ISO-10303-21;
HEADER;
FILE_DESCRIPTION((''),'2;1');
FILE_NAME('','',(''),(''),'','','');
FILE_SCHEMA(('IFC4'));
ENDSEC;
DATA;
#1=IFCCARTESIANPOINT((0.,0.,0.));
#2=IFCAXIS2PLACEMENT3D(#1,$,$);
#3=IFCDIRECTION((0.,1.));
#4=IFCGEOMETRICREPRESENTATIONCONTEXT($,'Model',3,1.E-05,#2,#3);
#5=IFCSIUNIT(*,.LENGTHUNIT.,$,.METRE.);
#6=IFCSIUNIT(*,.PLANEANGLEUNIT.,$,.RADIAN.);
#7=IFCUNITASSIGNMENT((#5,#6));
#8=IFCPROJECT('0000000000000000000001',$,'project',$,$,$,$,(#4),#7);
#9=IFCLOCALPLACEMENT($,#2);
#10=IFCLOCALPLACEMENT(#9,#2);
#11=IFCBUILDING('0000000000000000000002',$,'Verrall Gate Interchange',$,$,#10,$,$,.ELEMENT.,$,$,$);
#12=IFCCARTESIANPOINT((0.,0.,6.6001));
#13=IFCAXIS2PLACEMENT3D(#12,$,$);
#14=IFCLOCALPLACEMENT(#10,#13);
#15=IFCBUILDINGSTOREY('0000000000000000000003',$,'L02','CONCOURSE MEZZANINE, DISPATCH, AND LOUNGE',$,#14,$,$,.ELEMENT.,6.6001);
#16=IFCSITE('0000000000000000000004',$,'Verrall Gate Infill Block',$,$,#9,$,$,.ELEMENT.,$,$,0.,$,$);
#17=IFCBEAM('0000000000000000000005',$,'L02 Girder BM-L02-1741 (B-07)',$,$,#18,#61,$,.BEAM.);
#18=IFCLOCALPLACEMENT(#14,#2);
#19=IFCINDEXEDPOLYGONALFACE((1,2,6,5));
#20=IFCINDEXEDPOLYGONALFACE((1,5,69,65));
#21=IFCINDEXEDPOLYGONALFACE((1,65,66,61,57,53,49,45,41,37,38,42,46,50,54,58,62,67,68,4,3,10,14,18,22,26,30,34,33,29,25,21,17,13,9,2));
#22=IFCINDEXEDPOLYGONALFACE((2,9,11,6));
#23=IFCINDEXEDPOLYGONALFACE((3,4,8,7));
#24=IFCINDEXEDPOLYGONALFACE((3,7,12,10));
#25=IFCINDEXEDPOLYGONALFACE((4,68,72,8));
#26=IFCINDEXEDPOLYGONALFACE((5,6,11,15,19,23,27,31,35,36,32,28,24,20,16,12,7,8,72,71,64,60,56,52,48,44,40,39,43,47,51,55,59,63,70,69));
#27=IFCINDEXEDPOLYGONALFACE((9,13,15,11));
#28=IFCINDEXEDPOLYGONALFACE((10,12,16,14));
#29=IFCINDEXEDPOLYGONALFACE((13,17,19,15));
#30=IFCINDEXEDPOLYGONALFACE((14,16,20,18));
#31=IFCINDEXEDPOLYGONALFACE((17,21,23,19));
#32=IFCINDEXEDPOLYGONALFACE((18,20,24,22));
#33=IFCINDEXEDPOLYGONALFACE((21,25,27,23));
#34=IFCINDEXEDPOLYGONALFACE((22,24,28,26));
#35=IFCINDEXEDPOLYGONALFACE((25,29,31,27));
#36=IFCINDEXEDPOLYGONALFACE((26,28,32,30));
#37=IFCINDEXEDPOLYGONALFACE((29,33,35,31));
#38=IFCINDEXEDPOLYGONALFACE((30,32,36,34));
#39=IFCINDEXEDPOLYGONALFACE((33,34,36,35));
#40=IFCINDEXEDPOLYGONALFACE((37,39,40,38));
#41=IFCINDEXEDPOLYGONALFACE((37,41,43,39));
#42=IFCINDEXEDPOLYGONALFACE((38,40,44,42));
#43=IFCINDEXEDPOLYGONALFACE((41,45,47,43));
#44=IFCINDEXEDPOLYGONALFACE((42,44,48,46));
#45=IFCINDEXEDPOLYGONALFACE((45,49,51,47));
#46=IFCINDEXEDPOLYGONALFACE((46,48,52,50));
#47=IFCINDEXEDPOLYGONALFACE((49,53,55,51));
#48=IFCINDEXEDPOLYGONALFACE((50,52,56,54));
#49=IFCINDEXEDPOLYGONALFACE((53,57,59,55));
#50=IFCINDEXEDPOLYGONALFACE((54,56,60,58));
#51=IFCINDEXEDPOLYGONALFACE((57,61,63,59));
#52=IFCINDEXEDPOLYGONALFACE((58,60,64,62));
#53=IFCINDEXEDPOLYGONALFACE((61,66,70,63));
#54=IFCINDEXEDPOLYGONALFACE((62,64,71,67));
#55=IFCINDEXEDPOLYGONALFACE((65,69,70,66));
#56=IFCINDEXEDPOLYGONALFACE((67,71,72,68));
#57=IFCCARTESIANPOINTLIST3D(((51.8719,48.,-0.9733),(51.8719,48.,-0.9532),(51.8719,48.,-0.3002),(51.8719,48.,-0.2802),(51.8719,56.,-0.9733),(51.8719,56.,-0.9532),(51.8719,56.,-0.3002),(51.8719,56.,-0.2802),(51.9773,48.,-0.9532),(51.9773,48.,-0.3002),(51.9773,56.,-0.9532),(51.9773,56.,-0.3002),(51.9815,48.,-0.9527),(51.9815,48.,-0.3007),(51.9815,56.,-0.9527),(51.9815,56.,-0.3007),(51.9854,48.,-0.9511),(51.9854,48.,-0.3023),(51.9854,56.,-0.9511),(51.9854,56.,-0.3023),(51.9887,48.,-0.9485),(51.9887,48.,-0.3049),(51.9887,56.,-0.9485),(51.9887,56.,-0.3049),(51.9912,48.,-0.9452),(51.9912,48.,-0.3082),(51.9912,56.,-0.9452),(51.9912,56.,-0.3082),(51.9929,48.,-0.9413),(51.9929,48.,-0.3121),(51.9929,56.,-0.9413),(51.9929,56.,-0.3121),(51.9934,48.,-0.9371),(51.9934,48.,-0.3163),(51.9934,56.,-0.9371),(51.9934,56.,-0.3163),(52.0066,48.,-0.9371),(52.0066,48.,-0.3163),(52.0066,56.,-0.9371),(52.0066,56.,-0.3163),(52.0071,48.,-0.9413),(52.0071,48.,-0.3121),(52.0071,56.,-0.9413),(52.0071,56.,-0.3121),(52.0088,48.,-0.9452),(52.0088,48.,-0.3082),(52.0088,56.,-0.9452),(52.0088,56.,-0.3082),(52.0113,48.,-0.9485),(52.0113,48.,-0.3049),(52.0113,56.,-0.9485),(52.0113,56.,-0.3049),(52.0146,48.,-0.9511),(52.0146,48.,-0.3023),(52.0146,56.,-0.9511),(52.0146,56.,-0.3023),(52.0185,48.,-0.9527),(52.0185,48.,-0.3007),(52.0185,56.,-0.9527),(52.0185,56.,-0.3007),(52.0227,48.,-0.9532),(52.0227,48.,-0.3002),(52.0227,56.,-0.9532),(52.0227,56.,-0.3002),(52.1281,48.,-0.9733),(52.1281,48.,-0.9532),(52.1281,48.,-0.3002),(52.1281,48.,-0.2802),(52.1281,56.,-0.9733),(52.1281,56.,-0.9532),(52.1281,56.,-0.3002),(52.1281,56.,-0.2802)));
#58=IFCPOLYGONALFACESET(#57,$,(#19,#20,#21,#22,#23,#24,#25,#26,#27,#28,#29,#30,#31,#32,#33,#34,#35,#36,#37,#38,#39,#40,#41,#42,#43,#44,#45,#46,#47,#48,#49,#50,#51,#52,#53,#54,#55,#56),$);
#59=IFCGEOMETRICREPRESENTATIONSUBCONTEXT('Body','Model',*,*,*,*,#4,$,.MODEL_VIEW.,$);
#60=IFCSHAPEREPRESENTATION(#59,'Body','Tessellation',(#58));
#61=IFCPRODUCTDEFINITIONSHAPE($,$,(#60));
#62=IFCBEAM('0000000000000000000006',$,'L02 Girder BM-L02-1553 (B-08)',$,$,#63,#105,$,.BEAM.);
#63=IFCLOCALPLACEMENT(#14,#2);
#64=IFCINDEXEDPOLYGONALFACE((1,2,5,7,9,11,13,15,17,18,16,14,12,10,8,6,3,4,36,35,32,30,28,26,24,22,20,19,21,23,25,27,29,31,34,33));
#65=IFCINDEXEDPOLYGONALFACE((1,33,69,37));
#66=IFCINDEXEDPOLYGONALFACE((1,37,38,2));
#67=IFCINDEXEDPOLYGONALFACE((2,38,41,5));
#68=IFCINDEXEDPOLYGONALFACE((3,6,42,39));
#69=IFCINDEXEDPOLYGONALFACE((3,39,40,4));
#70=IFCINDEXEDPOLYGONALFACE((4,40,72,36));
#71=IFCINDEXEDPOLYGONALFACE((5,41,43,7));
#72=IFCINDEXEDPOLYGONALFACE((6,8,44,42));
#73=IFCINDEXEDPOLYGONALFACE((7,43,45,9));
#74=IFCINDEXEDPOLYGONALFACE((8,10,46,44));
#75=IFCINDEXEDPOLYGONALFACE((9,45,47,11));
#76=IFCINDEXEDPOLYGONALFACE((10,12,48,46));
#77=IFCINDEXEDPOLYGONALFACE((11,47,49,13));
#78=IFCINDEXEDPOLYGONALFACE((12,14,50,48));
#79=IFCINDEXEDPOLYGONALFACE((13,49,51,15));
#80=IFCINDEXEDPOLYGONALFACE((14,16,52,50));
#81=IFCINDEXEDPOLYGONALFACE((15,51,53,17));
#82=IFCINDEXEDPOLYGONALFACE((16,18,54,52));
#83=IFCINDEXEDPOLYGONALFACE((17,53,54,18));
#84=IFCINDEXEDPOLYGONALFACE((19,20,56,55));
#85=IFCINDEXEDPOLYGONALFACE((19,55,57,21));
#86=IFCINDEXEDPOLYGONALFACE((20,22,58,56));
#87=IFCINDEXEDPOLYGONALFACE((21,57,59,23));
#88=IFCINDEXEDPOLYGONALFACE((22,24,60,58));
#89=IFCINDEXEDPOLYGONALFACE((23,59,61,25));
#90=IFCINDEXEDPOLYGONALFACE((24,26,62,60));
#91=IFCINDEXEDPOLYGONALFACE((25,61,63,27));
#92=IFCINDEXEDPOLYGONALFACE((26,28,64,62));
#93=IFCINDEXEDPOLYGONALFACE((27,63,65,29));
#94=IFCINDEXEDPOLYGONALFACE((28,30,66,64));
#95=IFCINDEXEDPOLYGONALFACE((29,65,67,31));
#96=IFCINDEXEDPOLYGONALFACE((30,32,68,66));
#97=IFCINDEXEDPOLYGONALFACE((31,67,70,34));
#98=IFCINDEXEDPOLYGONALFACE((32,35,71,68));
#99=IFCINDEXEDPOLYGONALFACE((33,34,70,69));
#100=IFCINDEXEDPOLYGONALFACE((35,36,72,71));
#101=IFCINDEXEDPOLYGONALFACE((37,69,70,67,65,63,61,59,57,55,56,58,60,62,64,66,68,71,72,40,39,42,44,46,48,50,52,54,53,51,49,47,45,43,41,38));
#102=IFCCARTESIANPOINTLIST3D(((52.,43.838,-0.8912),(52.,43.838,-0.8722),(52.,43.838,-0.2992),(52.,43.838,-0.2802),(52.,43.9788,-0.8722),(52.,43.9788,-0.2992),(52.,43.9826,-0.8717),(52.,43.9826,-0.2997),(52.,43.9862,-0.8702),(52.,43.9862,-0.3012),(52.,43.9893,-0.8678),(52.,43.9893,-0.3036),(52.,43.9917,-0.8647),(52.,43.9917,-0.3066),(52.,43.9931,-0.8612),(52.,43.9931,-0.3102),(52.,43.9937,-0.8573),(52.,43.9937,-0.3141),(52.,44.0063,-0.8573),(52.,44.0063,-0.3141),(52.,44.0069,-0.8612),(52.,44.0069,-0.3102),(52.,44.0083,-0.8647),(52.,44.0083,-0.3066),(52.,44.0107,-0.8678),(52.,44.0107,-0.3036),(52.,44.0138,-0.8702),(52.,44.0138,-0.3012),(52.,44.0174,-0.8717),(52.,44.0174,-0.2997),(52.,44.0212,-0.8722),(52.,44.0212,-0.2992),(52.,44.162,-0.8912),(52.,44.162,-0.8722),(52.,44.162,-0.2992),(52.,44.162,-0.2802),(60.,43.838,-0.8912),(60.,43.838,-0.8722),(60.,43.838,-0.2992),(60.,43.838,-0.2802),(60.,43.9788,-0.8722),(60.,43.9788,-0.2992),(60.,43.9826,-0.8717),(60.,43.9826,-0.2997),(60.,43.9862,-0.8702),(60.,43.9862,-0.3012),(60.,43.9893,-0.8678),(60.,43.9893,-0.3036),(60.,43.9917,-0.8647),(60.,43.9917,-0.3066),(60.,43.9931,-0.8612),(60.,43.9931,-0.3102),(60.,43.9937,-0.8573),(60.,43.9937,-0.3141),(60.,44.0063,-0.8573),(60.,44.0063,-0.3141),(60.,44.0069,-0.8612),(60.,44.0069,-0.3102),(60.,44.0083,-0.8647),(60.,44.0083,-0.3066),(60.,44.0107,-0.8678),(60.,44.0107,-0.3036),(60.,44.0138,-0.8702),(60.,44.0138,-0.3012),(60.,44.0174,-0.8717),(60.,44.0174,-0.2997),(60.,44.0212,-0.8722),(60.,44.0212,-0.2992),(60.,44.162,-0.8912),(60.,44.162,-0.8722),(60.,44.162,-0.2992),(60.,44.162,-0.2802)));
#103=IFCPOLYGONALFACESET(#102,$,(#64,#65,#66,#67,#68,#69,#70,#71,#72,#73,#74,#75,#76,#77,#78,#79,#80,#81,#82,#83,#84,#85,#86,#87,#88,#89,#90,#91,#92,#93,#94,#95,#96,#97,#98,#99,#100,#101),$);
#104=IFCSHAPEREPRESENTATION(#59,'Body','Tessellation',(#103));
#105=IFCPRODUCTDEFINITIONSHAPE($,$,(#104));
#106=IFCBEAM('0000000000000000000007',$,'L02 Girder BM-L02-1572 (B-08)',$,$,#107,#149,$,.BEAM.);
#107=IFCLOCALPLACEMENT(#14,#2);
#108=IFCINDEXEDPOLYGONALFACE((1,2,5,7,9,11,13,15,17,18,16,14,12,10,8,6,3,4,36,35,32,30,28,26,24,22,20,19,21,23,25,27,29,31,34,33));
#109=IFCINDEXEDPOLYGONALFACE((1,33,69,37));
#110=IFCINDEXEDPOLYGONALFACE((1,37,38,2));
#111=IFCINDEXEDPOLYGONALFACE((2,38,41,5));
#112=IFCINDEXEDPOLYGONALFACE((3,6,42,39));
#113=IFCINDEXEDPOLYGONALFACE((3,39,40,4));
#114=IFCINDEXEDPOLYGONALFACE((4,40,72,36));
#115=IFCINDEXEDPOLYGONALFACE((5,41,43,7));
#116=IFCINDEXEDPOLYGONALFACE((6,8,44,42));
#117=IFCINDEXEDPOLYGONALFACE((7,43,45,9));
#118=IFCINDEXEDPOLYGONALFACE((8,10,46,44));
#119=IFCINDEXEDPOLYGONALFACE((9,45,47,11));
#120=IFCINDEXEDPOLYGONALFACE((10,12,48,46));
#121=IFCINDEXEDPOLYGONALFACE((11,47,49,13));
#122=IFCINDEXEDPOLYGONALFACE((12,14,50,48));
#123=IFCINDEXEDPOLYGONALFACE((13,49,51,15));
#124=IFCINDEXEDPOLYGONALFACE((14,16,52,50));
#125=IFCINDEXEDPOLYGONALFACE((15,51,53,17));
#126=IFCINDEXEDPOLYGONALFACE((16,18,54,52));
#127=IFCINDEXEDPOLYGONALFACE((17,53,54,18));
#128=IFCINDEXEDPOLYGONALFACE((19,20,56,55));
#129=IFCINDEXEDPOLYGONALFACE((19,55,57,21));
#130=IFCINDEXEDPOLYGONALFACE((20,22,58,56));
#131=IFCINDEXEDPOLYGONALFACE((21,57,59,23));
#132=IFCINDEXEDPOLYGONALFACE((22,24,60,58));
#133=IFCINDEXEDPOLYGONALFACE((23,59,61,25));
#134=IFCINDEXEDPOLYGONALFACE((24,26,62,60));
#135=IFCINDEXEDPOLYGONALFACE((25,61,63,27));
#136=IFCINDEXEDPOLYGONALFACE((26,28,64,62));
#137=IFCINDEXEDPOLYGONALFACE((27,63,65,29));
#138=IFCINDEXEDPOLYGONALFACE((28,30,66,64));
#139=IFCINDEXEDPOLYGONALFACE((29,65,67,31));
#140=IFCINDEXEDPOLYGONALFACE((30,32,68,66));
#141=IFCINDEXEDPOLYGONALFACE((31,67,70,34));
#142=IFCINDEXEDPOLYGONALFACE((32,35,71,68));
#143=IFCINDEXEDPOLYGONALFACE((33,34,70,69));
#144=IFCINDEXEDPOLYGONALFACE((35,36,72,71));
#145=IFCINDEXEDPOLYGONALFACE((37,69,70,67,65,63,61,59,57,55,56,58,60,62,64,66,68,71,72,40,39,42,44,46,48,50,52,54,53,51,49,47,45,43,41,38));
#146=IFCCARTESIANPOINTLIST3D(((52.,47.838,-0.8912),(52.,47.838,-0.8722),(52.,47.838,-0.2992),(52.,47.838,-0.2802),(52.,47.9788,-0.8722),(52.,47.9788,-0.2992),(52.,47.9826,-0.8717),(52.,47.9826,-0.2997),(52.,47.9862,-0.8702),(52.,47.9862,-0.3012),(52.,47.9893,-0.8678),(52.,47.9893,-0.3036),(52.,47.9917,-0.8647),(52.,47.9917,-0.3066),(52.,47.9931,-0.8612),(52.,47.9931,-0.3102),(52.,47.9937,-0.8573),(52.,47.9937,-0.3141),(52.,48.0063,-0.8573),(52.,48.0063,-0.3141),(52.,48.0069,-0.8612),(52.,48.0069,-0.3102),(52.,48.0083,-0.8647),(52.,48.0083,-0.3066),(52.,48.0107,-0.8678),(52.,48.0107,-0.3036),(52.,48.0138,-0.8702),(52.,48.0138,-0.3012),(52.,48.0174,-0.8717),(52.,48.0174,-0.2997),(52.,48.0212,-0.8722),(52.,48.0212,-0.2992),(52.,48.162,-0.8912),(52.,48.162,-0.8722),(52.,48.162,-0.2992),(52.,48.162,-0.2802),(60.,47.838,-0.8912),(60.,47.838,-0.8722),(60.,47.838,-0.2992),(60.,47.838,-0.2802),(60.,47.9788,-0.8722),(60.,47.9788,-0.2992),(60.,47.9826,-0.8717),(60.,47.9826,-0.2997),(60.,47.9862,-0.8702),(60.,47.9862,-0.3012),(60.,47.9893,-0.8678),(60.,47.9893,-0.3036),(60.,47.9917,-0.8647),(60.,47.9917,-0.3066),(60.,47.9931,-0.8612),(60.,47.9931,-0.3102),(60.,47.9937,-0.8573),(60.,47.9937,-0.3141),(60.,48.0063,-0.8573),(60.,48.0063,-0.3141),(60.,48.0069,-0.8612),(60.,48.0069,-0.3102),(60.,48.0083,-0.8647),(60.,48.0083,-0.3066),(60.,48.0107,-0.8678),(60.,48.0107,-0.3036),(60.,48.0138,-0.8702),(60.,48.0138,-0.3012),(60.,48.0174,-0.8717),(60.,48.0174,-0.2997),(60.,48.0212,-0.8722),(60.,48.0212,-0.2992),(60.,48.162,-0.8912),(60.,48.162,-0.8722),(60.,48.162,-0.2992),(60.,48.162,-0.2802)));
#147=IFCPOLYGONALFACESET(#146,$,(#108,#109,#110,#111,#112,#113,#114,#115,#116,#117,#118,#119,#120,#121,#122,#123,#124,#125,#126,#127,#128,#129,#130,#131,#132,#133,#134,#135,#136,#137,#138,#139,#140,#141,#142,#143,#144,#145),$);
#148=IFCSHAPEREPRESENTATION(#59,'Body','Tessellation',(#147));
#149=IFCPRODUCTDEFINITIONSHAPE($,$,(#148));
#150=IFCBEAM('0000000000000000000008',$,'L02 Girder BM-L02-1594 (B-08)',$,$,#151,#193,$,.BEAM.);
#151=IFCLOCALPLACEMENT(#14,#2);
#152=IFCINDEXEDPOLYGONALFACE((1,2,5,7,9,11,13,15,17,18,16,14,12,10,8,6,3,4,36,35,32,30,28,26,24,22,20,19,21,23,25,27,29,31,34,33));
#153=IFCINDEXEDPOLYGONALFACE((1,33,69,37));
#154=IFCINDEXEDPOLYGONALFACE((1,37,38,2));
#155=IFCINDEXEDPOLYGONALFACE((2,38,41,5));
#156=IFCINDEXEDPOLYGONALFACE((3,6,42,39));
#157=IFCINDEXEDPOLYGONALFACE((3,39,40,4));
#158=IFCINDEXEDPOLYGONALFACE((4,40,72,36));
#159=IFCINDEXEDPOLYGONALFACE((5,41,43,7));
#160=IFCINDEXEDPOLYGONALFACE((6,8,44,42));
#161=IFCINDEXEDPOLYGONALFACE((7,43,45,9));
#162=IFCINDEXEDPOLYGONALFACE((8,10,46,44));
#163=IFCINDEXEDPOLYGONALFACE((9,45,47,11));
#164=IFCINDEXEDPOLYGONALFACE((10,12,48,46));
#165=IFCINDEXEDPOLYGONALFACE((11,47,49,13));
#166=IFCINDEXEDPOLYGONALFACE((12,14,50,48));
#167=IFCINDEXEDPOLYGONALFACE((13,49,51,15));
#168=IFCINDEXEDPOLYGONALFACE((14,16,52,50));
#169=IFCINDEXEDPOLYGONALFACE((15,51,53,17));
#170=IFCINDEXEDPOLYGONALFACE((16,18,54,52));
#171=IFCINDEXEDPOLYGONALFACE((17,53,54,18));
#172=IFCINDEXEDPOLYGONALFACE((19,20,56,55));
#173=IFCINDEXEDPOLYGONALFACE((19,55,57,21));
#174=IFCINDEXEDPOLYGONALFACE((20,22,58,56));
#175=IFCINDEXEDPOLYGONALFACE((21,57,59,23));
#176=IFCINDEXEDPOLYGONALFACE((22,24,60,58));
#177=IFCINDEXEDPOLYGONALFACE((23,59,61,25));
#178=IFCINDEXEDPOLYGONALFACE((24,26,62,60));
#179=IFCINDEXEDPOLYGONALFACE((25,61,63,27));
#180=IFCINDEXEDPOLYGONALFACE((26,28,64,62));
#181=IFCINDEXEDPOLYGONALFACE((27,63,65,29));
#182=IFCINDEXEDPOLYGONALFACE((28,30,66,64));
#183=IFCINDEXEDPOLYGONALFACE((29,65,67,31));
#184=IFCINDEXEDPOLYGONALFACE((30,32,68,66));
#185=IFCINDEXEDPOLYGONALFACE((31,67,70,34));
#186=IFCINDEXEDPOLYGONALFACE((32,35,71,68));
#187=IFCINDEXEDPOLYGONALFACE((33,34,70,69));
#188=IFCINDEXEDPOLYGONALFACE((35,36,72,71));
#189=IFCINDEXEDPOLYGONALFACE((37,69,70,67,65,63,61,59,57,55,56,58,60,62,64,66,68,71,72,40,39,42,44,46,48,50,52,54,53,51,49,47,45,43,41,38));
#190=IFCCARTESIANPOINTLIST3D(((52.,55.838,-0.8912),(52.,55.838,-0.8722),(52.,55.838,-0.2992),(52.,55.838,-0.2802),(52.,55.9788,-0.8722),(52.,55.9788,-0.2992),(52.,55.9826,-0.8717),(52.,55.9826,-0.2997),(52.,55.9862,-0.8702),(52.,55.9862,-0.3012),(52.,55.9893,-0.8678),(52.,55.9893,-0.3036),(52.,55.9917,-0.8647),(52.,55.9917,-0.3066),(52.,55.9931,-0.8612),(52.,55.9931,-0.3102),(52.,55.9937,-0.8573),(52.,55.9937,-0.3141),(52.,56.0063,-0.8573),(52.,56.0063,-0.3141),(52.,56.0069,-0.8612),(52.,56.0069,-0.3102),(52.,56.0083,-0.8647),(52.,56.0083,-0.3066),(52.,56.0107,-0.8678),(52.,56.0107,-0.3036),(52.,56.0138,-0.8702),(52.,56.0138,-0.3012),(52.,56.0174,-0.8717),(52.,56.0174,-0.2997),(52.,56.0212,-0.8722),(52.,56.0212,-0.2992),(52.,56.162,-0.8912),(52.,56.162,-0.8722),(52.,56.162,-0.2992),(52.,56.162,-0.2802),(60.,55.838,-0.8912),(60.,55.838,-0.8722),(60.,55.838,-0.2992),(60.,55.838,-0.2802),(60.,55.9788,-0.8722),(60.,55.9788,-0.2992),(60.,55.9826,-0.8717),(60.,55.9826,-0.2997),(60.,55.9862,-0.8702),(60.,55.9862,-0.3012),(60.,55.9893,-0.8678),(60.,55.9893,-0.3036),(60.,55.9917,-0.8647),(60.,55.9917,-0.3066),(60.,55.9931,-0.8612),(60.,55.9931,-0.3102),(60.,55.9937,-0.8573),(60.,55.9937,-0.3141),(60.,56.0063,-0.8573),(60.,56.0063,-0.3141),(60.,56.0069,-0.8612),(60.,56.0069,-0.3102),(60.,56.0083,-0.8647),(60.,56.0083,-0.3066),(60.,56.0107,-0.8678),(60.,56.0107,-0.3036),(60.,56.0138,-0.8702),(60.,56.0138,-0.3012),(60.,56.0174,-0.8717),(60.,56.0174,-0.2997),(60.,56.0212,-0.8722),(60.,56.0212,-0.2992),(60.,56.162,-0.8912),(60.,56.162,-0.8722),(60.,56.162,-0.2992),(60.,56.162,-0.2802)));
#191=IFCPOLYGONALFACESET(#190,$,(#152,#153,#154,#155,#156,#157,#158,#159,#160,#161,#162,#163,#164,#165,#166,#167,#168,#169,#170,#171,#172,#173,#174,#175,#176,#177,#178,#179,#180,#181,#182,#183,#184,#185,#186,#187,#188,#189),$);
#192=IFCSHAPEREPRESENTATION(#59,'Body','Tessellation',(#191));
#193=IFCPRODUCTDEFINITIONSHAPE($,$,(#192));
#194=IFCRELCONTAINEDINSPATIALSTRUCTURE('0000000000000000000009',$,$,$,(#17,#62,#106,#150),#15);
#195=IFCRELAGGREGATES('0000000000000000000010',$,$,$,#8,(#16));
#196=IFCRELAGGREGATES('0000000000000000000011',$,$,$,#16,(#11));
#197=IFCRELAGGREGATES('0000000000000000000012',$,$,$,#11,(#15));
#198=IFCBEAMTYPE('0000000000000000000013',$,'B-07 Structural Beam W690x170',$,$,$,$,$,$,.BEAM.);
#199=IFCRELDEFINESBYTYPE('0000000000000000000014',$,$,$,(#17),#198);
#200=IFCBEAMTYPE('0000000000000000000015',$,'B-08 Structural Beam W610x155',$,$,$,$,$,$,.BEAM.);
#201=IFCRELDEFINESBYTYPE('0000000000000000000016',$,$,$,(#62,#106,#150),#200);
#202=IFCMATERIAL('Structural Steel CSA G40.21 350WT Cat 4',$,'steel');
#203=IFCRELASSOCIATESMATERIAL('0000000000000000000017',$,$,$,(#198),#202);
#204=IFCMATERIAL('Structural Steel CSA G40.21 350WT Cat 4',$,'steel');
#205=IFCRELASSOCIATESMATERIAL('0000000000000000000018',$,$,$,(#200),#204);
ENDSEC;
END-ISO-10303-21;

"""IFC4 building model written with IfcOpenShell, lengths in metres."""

from ifc_helpers import new_model, si_unit, direction, frame, origin, origin_2d, place, context, subcontext, project, spatial, i_section, extrude, material, material_profile, profile_set, type_object, element, save


model = new_model("IFC4")

# Units and contexts
model_context = context("Model", 3, precision=1e-05, world=origin(), true_north=direction((0.0, 1.0)))
body_context = subcontext(model_context, "Body", "Model", "MODEL_VIEW")
ifc_project = project(units=[si_unit("LENGTHUNIT", "METRE"), si_unit("PLANEANGLEUNIT", "RADIAN")], contexts=[model_context])

# Site, building, storey
site_placement = place(None, origin())
site = spatial("IfcSite", under=ifc_project, at=site_placement, Name="Verrall Gate Infill Block", CompositionType="ELEMENT", RefElevation=0.0)
building_placement = place(site_placement, origin())
building = spatial("IfcBuilding", under=site, at=building_placement, Name="Verrall Gate Interchange", CompositionType="ELEMENT")
storey_placement = place(building_placement, frame((0.0, 0.0, 6.6001)))
storey = spatial("IfcBuildingStorey", under=building, at=storey_placement, Name="L02", Description="CONCOURSE MEZZANINE, DISPATCH, AND LOUNGE", CompositionType="ELEMENT", Elevation=6.6001)

# Beams
ifc_material_1 = material(Name="Structural Steel CSA G40.21 350WT Cat 4", Category="steel")
ifc_material_profile_1 = material_profile(ifc_material_1, i_section(OverallWidth=0.2561, OverallDepth=0.6931, WebThickness=0.0132, FlangeThickness=0.02, FilletRadius=0.0161, at=origin_2d()), Name="W690x170")
ifc_profile_set_1 = profile_set([ifc_material_profile_1], Name="Structural Steel CSA G40.21 350WT Cat 4")
beam_type_1 = type_object("IfcBeamType", Name="B-07 Structural Beam W690x170", PredefinedType="BEAM", material=ifc_profile_set_1)
beam_1_placement = place(storey_placement, frame((52.0, 48.0, -0.6267), z_axis=(0.0, 1.0, 0.0), x_axis=(-1.0, 0.0, 0.0)))
element("IfcBeam", 1, at=beam_1_placement, inside=storey, type_object=beam_type_1, Name="L02 Girder BM-L02-1741 (B-07)", PredefinedType="BEAM", context=body_context, shape_type="SweptSolid", body=[
    extrude(i_section(OverallWidth=0.2561, OverallDepth=0.6931, WebThickness=0.0132, FlangeThickness=0.02, FilletRadius=0.0161, at=origin_2d()), origin(), (0.0, 0.0, 1.0), 8.0),
])
ifc_material_2 = material(Name="Structural Steel CSA G40.21 350WT Cat 4", Category="steel")
ifc_material_profile_2 = material_profile(ifc_material_2, i_section(OverallWidth=0.324, OverallDepth=0.6111, WebThickness=0.0127, FlangeThickness=0.019, FilletRadius=0.0149, at=origin_2d()), Name="W610x155")
ifc_profile_set_2 = profile_set([ifc_material_profile_2], Name="Structural Steel CSA G40.21 350WT Cat 4")
beam_type_2 = type_object("IfcBeamType", Name="B-08 Structural Beam W610x155", PredefinedType="BEAM", material=ifc_profile_set_2)
for number, where, z_axis, x_axis, name in (
    (2, (52.0, 44.0, -0.5857), (1.0, 0.0, 0.0), (0.0, 1.0, 0.0), "L02 Girder BM-L02-1553 (B-08)"),
    (3, (52.0, 48.0, -0.5857), (1.0, 0.0, 0.0), (0.0, 1.0, 0.0), "L02 Girder BM-L02-1572 (B-08)"),
    (4, (52.0, 56.0, -0.5857), (1.0, 0.0, 0.0), (0.0, 1.0, 0.0), "L02 Girder BM-L02-1594 (B-08)"),
):
    element("IfcBeam", number, at=place(storey_placement, frame(where, z_axis=z_axis, x_axis=x_axis)), inside=storey, type_object=beam_type_2, Name=name, PredefinedType="BEAM", context=body_context, shape_type="SweptSolid", body=[
        extrude(i_section(OverallWidth=0.324, OverallDepth=0.6111, WebThickness=0.0127, FlangeThickness=0.019, FilletRadius=0.0149, at=origin_2d()), origin(), (0.0, 0.0, 1.0), 8.0),
    ])

save(model, "model.ifc")
